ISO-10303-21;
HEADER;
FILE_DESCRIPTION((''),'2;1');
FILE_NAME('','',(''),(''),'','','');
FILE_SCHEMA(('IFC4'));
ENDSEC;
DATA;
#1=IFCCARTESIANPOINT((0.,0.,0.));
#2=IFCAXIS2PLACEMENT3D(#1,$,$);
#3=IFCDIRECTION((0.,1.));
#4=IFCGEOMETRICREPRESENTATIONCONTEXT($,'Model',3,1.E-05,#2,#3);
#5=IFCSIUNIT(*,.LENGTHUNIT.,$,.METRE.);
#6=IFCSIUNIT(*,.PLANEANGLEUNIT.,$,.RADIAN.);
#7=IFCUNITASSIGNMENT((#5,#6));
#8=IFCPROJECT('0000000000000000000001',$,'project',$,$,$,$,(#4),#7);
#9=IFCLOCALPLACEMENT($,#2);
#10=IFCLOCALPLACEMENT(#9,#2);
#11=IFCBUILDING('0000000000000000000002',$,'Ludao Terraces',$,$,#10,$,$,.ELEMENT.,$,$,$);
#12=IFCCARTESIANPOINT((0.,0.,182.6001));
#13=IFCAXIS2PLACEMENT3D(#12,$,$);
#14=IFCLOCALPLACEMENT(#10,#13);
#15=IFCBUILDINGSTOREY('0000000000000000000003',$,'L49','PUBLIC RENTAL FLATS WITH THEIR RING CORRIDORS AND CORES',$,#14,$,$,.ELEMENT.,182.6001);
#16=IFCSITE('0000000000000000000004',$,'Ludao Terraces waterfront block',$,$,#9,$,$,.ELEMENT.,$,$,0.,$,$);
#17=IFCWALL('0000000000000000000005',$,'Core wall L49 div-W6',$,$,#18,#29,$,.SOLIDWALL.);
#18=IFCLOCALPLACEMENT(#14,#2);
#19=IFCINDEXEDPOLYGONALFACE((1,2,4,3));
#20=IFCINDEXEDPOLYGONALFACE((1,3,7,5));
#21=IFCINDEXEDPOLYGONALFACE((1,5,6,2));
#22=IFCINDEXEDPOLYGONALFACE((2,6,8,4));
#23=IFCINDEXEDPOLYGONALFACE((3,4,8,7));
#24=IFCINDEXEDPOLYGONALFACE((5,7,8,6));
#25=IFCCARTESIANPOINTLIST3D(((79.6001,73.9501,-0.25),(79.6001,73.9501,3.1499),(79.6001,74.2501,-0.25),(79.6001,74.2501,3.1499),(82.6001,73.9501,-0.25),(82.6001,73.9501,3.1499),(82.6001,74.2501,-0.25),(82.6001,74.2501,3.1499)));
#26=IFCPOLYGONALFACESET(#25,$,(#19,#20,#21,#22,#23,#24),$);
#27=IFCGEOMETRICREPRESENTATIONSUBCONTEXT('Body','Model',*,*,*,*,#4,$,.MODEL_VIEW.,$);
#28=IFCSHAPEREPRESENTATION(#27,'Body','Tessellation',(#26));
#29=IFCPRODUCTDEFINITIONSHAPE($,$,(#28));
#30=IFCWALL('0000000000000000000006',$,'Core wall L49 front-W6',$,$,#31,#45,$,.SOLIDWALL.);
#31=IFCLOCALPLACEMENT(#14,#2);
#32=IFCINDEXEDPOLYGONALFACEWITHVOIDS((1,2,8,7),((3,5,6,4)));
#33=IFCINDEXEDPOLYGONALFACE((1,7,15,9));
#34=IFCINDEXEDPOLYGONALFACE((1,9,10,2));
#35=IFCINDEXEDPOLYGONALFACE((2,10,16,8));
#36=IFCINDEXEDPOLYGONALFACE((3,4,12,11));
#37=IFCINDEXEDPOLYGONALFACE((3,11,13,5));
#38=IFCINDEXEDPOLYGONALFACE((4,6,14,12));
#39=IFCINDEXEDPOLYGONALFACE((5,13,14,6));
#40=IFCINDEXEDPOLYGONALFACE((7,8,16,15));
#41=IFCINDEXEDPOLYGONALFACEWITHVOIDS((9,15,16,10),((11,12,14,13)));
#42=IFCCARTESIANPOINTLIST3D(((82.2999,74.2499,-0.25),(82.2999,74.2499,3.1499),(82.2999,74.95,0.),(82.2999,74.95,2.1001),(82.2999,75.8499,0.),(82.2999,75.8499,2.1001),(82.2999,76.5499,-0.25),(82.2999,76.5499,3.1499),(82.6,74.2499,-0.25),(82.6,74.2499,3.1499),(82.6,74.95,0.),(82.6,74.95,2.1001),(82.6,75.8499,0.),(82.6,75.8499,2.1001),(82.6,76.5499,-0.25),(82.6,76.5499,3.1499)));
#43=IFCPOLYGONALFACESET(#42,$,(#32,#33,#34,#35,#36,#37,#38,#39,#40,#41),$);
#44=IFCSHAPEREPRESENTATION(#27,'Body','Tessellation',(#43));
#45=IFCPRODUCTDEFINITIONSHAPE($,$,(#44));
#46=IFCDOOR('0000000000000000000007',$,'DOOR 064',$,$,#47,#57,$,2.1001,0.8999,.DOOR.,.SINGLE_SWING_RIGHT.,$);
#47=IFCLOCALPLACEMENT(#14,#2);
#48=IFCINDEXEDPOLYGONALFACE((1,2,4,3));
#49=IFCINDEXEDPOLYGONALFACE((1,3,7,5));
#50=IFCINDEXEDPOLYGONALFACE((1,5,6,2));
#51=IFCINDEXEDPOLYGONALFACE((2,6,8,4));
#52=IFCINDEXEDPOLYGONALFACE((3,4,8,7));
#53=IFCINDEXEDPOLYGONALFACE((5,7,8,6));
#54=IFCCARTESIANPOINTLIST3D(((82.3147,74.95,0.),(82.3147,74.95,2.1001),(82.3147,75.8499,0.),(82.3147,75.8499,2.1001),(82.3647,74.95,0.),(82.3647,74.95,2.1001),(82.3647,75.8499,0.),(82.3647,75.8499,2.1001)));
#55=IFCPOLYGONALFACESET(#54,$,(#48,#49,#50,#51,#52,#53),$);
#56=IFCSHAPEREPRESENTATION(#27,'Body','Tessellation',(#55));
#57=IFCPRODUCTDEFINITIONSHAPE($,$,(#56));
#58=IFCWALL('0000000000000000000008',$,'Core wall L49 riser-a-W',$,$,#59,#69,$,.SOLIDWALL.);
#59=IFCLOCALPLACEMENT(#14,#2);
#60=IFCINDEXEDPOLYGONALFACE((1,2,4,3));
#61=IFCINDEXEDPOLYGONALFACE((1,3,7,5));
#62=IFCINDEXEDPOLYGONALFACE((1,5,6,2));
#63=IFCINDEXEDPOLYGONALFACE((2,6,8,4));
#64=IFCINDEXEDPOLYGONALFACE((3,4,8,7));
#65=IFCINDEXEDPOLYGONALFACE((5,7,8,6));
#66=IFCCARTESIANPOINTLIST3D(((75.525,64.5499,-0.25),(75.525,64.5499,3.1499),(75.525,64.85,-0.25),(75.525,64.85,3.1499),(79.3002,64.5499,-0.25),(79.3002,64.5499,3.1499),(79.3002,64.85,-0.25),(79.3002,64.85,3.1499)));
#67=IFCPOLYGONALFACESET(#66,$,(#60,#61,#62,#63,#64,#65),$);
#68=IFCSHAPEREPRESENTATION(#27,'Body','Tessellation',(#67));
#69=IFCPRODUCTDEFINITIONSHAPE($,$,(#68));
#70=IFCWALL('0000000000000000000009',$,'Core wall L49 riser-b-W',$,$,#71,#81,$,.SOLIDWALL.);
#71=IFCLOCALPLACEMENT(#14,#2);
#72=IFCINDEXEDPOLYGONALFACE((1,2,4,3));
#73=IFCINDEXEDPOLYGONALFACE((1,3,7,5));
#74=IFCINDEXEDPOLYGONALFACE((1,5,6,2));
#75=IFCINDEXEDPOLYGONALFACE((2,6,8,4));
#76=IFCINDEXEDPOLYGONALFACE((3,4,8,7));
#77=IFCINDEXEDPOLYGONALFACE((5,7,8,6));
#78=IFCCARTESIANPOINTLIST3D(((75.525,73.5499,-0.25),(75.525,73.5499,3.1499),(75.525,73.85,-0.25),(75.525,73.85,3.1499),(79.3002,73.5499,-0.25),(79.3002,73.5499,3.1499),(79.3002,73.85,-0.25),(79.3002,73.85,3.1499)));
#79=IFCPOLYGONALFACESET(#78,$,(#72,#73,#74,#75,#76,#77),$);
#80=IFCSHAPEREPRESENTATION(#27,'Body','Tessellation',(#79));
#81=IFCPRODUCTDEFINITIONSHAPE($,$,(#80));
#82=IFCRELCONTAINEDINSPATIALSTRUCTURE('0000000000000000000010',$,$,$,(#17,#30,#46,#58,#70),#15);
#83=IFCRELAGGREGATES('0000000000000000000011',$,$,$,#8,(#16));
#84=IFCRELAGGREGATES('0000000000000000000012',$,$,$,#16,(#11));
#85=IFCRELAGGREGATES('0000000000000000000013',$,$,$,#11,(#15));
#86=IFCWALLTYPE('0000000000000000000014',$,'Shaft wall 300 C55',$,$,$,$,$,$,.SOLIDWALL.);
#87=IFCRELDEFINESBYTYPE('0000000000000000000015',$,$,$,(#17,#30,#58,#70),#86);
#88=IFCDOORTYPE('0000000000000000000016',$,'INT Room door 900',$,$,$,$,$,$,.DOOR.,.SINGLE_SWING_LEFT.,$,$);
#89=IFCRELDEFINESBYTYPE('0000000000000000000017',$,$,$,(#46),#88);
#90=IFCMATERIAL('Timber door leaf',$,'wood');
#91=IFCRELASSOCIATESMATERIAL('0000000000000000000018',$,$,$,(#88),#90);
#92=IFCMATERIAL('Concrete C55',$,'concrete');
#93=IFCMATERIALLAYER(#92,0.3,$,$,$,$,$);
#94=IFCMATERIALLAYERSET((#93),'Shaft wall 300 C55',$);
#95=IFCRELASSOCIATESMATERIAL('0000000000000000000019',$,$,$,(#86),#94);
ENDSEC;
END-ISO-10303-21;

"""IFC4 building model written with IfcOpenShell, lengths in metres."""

from ifc_helpers import new_model, si_unit, direction, frame, frame_2d, origin, place, context, subcontext, project, spatial, rectangle, extrude, material, layer, layer_set, type_object, element, fill, save


model = new_model("IFC4")

# Units and contexts
model_context = context("Model", 3, precision=1e-05, world=origin(), true_north=direction((0.0, 1.0)))
body_context = subcontext(model_context, "Body", "Model", "MODEL_VIEW")
ifc_project = project(units=[si_unit("LENGTHUNIT", "METRE"), si_unit("PLANEANGLEUNIT", "RADIAN")], contexts=[model_context])

# Site, building, storey
site_placement = place(None, origin())
site = spatial("IfcSite", under=ifc_project, at=site_placement, Name="Ludao Terraces waterfront block", CompositionType="ELEMENT", RefElevation=0.0)
building_placement = place(site_placement, origin())
building = spatial("IfcBuilding", under=site, at=building_placement, Name="Ludao Terraces", CompositionType="ELEMENT")
storey_placement = place(building_placement, frame((0.0, 0.0, 182.6001)))
storey = spatial("IfcBuildingStorey", under=building, at=storey_placement, Name="L49", Description="PUBLIC RENTAL FLATS WITH THEIR RING CORRIDORS AND CORES", CompositionType="ELEMENT", Elevation=182.6001)

# Shared definitions
ifc_material_1 = material(Name="Timber door leaf", Category="wood")
door_type_1 = type_object("IfcDoorType", Name="INT Room door 900", OperationType="SINGLE_SWING_LEFT", PredefinedType="DOOR", material=ifc_material_1)

# Shared definitions
ifc_material_2 = material(Name="Concrete C55", Category="concrete")
ifc_layer_1 = layer(ifc_material_2, 0.3)
ifc_layer_set_1 = layer_set([ifc_layer_1], Name="Shaft wall 300 C55")
wall_type_1 = type_object("IfcWallType", Name="Shaft wall 300 C55", PredefinedType="SOLIDWALL", material=ifc_layer_set_1)

# Wall
wall_1_placement = place(storey_placement, frame((79.6001, 74.1001, -0.25), z_axis=(0.0, 0.0, 1.0), x_axis=(1.0, 0.0, 0.0)))
element("IfcWall", 1, at=wall_1_placement, inside=storey, type_object=wall_type_1, Name="Core wall L49 div-W6", PredefinedType="SOLIDWALL", context=body_context, shape_type="SweptSolid", body=[
    extrude(rectangle(XDim=3.0, YDim=0.3, at=frame_2d((1.5, 0.0))), origin(), (0.0, 0.0, 1.0), 3.3999),
])

# Wall, opening, door
wall_2_placement = place(storey_placement, frame((82.45, 74.25, -0.25), z_axis=(0.0, 0.0, 1.0), x_axis=(0.0, 1.0, 0.0)))
wall_2 = element("IfcWall", 2, at=wall_2_placement, inside=storey, type_object=wall_type_1, Name="Core wall L49 front-W6", PredefinedType="SOLIDWALL", context=body_context, shape_type="SweptSolid", body=[
    extrude(rectangle(XDim=2.3, YDim=0.3, at=frame_2d((1.1499, 0.0))), origin(), (0.0, 0.0, 1.0), 3.3999),
])
opening_1_placement = place(wall_2_placement, frame((0.7, 0.0, 0.25)))
opening_1 = element("IfcOpeningElement", 3, at=opening_1_placement, cuts=wall_2, PredefinedType="OPENING", context=body_context, shape_type="SweptSolid", body=[
    extrude(rectangle(XDim=0.8999, YDim=2.1001, at=frame_2d((0.45, 1.05))), frame((0.0, 0.1602, 0.0), z_axis=(0.0, -1.0, 0.0), x_axis=(1.0, 0.0, 0.0)), (0.0, 0.0, 1.0), 0.3201),
])
door_1_placement = place(opening_1_placement, origin())
door_1 = element("IfcDoor", 4, at=door_1_placement, inside=storey, type_object=door_type_1, Name="DOOR 064", OperationType="SINGLE_SWING_RIGHT", OverallHeight=2.1001, OverallWidth=0.8999, PredefinedType="DOOR", context=body_context, shape_type="SweptSolid", body=[
    extrude(rectangle(XDim=0.8999, YDim=2.1001, at=frame_2d((0.45, 1.05))), frame((0.0, 0.1353, 0.0), z_axis=(0.0, -1.0, 0.0), x_axis=(1.0, 0.0, 0.0)), (0.0, 0.0, 1.0), 0.05),
])
fill(opening_1, door_1)

# Walls
for number, where, z_axis, x_axis, name in (
    (5, (75.5249, 64.7, -0.25), (0.0, 0.0, 1.0), (1.0, 0.0, 0.0), "Core wall L49 riser-a-W"),
    (6, (75.5249, 73.7, -0.25), (0.0, 0.0, 1.0), (1.0, 0.0, 0.0), "Core wall L49 riser-b-W"),
):
    element("IfcWall", number, at=place(storey_placement, frame(where, z_axis=z_axis, x_axis=x_axis)), inside=storey, type_object=wall_type_1, Name=name, PredefinedType="SOLIDWALL", context=body_context, shape_type="SweptSolid", body=[
        extrude(rectangle(XDim=3.7751, YDim=0.3, at=frame_2d((1.8877, 0.0))), origin(), (0.0, 0.0, 1.0), 3.3999),
    ])

save(model, "model.ifc")
